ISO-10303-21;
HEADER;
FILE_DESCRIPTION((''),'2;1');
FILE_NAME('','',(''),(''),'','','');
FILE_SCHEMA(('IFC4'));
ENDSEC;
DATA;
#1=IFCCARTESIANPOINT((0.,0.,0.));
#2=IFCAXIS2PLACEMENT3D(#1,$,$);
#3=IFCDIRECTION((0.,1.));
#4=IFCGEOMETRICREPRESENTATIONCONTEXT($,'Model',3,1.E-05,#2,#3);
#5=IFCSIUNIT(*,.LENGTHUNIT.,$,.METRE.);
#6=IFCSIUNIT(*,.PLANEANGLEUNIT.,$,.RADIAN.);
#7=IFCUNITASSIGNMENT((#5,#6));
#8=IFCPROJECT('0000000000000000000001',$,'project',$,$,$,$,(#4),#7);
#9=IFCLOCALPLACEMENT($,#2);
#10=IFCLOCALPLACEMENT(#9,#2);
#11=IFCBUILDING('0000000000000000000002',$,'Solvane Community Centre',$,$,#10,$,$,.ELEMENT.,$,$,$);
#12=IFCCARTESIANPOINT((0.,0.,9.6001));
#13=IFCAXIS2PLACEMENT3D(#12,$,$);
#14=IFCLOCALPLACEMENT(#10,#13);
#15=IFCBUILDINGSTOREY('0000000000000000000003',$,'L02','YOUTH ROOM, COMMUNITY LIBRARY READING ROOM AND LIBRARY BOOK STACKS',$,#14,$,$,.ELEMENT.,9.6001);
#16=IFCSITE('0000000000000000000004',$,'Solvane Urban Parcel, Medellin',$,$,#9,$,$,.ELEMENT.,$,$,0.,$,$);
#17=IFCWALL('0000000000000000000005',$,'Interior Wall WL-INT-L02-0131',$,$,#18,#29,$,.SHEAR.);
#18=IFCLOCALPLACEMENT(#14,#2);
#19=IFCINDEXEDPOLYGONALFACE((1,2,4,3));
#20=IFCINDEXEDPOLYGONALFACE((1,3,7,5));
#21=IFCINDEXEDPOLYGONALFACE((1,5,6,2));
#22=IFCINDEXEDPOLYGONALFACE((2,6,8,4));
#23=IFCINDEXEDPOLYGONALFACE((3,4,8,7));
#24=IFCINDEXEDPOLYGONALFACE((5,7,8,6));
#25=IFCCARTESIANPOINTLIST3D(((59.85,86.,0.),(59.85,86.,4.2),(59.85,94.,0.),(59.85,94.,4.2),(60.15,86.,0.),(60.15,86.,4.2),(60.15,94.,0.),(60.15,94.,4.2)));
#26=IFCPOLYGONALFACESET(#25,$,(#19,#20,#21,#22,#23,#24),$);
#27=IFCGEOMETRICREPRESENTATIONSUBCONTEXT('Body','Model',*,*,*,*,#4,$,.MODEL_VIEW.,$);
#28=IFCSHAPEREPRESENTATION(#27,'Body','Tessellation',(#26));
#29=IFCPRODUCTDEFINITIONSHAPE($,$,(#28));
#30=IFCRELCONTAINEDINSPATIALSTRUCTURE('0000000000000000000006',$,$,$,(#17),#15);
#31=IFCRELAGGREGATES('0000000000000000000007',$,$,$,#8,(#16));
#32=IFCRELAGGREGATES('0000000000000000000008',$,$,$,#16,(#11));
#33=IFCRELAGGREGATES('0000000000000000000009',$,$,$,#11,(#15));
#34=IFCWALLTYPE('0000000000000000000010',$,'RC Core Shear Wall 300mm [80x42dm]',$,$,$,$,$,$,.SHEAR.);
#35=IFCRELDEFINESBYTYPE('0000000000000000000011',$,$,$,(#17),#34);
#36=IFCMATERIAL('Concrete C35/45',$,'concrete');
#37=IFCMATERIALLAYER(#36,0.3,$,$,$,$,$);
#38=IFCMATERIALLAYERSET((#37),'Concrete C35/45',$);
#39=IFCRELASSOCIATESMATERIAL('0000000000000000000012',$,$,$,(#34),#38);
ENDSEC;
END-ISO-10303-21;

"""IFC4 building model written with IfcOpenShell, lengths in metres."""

from ifc_helpers import new_model, si_unit, direction, frame, frame_2d, origin, place, context, subcontext, project, spatial, rectangle, extrude, material, layer, layer_set, type_object, element, save


model = new_model("IFC4")

# Units and contexts
model_context = context("Model", 3, precision=1e-05, world=origin(), true_north=direction((0.0, 1.0)))
body_context = subcontext(model_context, "Body", "Model", "MODEL_VIEW")
ifc_project = project(units=[si_unit("LENGTHUNIT", "METRE"), si_unit("PLANEANGLEUNIT", "RADIAN")], contexts=[model_context])

# Site, building, storey
site_placement = place(None, origin())
site = spatial("IfcSite", under=ifc_project, at=site_placement, Name="Solvane Urban Parcel, Medellin", CompositionType="ELEMENT", RefElevation=0.0)
building_placement = place(site_placement, origin())
building = spatial("IfcBuilding", under=site, at=building_placement, Name="Solvane Community Centre", CompositionType="ELEMENT")
storey_placement = place(building_placement, frame((0.0, 0.0, 9.6001)))
storey = spatial("IfcBuildingStorey", under=building, at=storey_placement, Name="L02", Description="YOUTH ROOM, COMMUNITY LIBRARY READING ROOM AND LIBRARY BOOK STACKS", CompositionType="ELEMENT", Elevation=9.6001)

# Shared definitions
ifc_material = material(Name="Concrete C35/45", Category="concrete")

# Wall
ifc_layer = layer(ifc_material, 0.3)
ifc_layer_set = layer_set([ifc_layer], Name="Concrete C35/45")
wall_type = type_object("IfcWallType", Name="RC Core Shear Wall 300mm [80x42dm]", PredefinedType="SHEAR", material=ifc_layer_set)
wall_placement = place(storey_placement, frame((60.0, 86.0, 0.0), z_axis=(0.0, 0.0, 1.0), x_axis=(0.0, 1.0, 0.0)))
element("IfcWall", 1, at=wall_placement, inside=storey, type_object=wall_type, Name="Interior Wall WL-INT-L02-0131", PredefinedType="SHEAR", context=body_context, shape_type="SweptSolid", body=[
    extrude(rectangle(XDim=8.0, YDim=0.3, at=frame_2d((4.0, 0.0))), origin(), (0.0, 0.0, 1.0), 4.2),
])

save(model, "model.ifc")
